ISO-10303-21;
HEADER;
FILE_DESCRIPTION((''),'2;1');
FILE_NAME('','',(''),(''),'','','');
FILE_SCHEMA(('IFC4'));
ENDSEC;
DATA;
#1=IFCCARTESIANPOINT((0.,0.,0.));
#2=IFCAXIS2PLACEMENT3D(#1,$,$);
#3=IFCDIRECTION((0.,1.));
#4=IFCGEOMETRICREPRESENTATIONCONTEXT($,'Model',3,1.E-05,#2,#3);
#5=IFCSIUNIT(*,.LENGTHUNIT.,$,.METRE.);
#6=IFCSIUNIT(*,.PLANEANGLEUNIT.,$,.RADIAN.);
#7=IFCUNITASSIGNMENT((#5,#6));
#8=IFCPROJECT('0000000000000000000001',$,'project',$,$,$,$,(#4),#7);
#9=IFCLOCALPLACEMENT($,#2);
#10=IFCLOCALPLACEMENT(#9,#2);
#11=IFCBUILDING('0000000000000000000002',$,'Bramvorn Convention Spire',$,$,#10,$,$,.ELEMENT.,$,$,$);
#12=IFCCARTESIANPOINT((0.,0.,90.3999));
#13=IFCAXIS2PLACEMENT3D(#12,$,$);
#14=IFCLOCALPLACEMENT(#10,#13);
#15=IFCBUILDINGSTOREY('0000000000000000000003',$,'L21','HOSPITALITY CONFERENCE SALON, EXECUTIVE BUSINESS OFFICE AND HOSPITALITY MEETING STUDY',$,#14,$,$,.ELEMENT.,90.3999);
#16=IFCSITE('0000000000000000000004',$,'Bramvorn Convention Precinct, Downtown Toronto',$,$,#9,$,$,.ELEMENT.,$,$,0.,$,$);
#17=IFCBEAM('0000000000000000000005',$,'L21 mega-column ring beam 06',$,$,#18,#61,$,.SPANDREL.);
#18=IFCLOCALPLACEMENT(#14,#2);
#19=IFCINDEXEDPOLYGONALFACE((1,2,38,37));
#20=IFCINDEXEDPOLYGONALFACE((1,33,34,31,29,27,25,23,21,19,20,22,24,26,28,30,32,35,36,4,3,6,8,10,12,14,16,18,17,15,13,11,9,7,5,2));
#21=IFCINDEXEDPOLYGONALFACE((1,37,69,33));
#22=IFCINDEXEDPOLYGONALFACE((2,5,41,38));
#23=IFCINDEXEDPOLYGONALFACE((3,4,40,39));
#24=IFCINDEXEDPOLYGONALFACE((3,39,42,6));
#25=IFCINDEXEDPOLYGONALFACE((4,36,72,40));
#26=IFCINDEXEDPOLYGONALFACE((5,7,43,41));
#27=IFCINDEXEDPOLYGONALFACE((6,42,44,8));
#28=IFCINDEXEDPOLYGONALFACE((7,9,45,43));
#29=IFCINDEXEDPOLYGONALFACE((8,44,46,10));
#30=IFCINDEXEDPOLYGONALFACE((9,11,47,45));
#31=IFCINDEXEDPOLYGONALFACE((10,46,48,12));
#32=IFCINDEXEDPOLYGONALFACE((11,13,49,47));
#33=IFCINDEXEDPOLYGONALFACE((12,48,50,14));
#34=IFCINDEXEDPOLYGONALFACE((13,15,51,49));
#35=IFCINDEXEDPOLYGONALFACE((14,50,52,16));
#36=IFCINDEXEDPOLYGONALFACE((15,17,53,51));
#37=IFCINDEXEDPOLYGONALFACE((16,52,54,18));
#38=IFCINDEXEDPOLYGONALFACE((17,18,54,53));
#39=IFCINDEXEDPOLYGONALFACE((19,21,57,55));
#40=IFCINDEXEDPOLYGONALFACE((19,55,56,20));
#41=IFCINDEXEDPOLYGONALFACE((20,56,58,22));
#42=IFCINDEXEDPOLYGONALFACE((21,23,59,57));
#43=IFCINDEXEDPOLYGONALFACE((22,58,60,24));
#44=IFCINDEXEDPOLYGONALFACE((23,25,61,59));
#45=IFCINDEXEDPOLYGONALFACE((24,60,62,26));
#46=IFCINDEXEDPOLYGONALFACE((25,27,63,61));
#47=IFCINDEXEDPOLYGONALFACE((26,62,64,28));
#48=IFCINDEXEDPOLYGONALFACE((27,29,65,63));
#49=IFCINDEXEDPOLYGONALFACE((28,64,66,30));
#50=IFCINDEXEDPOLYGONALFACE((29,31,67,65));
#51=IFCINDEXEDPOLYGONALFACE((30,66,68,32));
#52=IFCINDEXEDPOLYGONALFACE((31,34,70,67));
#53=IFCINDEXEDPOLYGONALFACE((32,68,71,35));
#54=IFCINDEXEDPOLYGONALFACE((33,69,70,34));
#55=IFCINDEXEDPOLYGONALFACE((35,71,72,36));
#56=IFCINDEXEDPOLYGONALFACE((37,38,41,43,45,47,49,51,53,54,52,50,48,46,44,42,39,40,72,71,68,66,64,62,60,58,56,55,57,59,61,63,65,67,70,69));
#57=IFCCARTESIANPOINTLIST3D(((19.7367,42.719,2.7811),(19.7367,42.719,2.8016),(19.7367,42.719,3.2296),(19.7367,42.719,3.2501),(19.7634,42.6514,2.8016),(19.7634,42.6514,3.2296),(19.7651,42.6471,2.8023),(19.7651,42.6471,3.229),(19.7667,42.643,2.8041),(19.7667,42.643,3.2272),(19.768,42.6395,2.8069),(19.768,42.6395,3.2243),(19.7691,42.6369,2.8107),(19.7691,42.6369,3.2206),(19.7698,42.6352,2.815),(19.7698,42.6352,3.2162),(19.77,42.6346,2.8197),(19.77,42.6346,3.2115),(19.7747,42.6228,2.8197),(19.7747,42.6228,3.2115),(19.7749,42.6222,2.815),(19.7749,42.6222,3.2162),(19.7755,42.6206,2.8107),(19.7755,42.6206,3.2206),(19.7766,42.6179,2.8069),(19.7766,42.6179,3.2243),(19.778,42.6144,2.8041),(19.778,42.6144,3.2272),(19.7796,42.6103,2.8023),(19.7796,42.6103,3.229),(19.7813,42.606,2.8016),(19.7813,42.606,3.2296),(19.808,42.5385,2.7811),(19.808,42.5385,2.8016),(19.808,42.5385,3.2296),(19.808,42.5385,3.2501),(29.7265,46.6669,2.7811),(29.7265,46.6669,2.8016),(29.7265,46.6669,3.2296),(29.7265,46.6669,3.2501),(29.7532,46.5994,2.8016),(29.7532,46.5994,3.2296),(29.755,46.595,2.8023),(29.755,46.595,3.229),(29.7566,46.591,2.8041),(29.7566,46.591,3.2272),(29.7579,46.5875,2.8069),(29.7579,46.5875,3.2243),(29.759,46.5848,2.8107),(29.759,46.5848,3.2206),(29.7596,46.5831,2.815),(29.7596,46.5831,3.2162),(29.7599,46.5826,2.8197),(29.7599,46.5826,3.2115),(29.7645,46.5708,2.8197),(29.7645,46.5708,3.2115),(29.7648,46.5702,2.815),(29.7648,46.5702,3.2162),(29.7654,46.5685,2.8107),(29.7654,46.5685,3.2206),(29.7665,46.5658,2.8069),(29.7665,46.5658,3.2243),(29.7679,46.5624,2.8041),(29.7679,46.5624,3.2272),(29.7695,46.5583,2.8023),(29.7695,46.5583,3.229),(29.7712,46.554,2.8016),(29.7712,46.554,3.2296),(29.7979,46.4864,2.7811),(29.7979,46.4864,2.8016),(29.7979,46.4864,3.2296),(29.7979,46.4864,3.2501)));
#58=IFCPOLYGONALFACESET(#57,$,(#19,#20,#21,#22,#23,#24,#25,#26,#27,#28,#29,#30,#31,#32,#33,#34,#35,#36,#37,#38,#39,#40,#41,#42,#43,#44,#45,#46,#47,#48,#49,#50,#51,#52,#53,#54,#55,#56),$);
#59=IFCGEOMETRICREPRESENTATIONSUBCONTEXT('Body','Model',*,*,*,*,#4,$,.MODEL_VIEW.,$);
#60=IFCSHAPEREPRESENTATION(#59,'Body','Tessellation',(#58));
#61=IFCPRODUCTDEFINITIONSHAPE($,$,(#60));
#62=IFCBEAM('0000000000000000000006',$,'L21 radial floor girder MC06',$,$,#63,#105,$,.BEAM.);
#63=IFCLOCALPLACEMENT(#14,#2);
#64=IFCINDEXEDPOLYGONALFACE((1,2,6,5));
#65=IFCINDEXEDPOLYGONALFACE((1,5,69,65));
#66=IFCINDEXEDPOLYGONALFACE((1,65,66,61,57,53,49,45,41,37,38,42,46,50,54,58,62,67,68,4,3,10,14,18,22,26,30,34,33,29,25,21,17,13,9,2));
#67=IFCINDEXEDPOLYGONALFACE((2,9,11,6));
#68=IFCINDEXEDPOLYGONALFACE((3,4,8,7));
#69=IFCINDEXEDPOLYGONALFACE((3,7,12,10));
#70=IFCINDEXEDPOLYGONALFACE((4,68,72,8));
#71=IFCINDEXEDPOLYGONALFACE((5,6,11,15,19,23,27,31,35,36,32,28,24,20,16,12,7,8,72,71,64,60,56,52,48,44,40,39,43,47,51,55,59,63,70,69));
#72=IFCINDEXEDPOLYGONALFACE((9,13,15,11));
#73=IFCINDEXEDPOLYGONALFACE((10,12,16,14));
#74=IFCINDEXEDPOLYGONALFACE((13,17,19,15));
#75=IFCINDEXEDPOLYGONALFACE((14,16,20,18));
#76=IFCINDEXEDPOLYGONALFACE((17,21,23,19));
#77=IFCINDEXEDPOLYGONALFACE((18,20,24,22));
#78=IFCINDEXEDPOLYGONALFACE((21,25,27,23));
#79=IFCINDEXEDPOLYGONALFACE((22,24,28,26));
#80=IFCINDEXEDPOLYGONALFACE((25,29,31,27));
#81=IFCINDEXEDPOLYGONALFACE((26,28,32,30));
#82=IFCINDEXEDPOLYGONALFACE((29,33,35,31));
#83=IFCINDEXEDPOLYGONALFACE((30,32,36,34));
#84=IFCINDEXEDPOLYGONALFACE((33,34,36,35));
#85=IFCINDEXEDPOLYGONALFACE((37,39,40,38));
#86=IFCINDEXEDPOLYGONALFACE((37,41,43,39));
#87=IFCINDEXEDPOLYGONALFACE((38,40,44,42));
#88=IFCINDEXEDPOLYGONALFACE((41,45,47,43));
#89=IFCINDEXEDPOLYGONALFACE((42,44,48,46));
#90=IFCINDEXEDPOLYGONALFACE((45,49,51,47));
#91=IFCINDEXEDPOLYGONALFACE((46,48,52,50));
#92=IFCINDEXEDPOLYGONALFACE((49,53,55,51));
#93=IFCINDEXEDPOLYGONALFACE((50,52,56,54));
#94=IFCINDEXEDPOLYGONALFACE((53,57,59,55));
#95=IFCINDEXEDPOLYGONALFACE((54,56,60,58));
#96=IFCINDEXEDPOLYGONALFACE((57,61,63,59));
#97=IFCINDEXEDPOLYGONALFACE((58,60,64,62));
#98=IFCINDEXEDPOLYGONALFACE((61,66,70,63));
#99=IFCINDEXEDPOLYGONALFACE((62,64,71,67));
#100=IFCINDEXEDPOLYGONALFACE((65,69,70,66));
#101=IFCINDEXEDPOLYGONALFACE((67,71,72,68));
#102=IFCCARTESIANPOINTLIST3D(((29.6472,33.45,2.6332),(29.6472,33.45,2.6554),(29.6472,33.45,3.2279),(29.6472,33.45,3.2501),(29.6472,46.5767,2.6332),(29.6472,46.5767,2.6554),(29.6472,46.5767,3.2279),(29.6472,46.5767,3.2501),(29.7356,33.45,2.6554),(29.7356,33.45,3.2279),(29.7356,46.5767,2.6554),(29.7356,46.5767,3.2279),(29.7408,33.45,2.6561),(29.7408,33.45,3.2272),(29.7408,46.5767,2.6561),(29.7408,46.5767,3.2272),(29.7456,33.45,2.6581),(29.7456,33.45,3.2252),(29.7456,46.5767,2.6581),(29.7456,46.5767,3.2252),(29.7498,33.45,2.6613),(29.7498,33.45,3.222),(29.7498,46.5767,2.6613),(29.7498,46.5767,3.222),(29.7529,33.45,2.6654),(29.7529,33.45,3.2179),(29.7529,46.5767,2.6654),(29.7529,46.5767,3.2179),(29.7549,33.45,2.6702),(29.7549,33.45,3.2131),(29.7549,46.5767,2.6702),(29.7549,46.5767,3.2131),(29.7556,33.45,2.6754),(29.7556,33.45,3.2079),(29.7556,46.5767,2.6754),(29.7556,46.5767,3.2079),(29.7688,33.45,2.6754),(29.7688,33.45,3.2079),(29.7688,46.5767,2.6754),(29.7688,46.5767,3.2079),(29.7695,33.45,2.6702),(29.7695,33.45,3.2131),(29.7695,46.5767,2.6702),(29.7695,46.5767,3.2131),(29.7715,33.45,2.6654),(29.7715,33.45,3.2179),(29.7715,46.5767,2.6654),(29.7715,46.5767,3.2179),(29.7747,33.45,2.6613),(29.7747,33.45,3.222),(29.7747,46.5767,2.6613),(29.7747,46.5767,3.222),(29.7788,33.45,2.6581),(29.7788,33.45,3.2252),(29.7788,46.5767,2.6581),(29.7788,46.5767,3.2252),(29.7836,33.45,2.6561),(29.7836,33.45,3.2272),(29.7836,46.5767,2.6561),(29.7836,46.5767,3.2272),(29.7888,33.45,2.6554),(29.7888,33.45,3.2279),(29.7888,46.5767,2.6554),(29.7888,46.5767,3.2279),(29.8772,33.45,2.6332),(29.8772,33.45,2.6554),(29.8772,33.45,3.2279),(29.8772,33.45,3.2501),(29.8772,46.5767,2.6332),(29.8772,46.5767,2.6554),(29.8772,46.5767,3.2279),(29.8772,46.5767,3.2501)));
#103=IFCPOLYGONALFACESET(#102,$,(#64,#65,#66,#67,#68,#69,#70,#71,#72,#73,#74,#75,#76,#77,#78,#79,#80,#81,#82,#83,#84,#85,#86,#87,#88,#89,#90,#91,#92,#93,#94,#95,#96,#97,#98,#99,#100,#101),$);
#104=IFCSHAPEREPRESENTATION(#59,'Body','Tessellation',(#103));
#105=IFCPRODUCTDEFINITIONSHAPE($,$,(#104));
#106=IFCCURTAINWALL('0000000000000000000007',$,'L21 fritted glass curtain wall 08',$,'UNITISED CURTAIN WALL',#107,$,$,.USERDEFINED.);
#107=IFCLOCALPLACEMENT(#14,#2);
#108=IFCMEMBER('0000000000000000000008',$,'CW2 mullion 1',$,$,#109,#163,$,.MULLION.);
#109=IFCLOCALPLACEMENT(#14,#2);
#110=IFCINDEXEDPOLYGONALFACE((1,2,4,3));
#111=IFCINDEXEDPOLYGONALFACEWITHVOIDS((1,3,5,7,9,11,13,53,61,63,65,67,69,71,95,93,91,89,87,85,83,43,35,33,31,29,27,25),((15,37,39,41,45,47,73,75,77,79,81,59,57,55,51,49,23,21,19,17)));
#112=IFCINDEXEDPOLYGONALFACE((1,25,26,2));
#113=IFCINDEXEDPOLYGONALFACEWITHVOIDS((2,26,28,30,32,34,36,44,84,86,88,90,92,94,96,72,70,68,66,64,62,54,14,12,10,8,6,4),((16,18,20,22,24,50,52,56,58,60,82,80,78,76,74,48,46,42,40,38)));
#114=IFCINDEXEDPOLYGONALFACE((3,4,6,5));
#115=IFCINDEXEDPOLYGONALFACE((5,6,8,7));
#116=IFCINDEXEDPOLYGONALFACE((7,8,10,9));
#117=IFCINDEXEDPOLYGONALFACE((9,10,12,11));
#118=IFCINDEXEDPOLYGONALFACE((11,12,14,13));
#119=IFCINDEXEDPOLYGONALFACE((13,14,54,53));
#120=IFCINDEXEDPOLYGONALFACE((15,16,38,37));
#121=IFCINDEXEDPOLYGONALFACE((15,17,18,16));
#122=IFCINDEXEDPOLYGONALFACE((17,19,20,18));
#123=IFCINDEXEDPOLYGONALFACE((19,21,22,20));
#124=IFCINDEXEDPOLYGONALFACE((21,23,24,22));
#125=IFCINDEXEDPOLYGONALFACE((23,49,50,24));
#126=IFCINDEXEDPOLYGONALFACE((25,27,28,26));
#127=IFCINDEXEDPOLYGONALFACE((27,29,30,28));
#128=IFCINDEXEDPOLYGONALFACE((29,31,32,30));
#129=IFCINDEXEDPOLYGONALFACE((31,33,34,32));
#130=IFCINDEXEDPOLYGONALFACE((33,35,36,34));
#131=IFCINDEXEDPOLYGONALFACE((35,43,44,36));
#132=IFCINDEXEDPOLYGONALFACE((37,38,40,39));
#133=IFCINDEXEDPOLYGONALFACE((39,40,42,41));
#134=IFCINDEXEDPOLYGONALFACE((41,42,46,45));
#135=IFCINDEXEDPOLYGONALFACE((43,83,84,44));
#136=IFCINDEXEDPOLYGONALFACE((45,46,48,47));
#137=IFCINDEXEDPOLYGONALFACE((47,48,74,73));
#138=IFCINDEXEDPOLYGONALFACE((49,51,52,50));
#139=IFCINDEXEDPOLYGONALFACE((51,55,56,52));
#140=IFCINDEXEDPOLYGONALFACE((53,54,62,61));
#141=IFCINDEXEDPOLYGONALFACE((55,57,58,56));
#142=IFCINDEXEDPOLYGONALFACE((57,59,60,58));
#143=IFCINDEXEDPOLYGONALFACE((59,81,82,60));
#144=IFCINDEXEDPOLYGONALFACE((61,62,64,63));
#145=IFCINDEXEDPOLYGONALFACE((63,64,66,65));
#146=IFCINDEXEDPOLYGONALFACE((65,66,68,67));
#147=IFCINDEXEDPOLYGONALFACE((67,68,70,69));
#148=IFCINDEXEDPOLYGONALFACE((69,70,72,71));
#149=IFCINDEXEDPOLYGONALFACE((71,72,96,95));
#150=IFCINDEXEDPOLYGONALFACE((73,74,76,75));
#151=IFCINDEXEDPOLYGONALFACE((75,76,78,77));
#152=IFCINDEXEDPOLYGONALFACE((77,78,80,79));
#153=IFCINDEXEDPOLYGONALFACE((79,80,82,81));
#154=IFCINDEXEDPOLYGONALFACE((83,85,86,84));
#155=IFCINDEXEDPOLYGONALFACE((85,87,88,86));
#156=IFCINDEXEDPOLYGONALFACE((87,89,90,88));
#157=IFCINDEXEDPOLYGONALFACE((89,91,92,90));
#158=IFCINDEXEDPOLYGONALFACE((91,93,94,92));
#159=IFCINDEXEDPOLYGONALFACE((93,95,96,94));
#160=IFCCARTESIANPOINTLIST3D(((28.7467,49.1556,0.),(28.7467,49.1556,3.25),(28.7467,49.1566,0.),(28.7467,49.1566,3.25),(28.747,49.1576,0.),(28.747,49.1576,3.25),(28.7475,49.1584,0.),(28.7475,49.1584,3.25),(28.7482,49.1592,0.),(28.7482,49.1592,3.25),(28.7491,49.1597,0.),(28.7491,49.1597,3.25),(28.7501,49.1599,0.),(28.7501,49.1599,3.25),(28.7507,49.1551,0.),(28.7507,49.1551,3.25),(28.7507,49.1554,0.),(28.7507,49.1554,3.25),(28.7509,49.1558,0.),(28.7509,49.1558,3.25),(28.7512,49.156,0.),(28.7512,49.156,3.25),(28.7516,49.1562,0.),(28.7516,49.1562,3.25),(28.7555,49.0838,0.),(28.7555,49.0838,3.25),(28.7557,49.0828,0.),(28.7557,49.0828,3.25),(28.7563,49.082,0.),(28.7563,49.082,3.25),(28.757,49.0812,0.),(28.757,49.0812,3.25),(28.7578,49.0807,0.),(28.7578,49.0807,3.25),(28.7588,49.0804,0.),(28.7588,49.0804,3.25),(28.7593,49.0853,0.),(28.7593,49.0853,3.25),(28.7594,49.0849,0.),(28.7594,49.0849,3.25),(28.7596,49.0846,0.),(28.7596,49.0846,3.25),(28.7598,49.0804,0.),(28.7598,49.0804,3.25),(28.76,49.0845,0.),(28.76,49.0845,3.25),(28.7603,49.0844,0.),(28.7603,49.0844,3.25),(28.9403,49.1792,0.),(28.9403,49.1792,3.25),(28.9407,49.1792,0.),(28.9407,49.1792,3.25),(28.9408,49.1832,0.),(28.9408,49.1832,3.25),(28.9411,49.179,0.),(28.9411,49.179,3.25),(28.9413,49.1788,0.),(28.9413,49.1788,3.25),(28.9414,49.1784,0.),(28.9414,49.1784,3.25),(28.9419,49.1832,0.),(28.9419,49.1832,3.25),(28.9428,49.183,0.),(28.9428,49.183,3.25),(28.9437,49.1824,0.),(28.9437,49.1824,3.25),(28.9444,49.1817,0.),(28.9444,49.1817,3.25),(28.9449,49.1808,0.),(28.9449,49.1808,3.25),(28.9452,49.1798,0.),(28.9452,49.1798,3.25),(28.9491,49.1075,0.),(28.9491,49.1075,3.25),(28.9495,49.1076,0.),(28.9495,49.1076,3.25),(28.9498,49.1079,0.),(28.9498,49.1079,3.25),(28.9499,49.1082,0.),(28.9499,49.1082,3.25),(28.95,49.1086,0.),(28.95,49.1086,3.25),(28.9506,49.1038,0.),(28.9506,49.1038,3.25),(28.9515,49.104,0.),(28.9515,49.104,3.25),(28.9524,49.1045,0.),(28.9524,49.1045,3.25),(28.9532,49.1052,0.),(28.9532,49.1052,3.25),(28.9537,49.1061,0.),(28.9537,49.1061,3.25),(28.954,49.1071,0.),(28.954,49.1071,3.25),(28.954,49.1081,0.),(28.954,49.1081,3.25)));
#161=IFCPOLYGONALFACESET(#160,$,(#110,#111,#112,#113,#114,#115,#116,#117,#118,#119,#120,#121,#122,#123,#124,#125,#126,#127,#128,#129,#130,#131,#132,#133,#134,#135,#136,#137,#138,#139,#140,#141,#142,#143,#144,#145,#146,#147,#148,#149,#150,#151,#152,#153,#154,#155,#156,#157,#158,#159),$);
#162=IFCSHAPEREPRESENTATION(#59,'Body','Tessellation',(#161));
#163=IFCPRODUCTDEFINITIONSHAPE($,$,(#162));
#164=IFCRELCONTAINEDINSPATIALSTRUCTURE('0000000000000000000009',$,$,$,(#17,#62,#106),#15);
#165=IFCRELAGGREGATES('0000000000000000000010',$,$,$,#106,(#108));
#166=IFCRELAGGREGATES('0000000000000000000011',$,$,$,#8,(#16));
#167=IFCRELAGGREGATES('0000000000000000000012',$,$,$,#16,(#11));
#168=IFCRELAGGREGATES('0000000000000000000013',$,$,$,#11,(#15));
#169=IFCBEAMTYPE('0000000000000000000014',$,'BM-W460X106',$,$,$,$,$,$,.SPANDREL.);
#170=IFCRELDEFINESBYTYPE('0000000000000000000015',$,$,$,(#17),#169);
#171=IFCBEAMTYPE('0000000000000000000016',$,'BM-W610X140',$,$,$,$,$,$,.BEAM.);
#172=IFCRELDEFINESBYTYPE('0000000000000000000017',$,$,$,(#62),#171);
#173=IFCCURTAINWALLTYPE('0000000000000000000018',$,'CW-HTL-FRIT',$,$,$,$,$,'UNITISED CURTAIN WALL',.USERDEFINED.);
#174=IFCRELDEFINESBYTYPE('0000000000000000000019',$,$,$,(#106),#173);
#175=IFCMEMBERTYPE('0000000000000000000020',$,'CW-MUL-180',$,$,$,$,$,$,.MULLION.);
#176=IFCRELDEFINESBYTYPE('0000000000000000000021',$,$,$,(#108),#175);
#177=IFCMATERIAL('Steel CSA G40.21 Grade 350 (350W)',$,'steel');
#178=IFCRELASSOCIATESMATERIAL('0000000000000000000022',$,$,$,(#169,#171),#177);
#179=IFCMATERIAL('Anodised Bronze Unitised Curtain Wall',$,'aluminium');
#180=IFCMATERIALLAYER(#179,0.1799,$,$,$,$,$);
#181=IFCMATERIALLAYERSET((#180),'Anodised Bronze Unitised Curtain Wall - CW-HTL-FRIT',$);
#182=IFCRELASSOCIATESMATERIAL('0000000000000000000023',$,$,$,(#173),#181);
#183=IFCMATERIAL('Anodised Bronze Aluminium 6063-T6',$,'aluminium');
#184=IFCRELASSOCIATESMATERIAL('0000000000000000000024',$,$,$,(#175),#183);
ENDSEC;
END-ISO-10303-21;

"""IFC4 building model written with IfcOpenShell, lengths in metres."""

from ifc_helpers import new_model, si_unit, direction, frame, origin, origin_2d, place, context, subcontext, project, spatial, hollow_rectangle, i_section, extrude, material, layer, layer_set, material_profile, profile_set, type_object, element, aggregate, save


model = new_model("IFC4")

# Units and contexts
model_context = context("Model", 3, precision=1e-05, world=origin(), true_north=direction((0.0, 1.0)))
body_context = subcontext(model_context, "Body", "Model", "MODEL_VIEW")
ifc_project = project(units=[si_unit("LENGTHUNIT", "METRE"), si_unit("PLANEANGLEUNIT", "RADIAN")], contexts=[model_context])

# Site, building, storey
site_placement = place(None, origin())
site = spatial("IfcSite", under=ifc_project, at=site_placement, Name="Bramvorn Convention Precinct, Downtown Toronto", CompositionType="ELEMENT", RefElevation=0.0)
building_placement = place(site_placement, origin())
building = spatial("IfcBuilding", under=site, at=building_placement, Name="Bramvorn Convention Spire", CompositionType="ELEMENT")
storey_placement = place(building_placement, frame((0.0, 0.0, 90.3999)))
storey = spatial("IfcBuildingStorey", under=building, at=storey_placement, Name="L21", Description="HOSPITALITY CONFERENCE SALON, EXECUTIVE BUSINESS OFFICE AND HOSPITALITY MEETING STUDY", CompositionType="ELEMENT", Elevation=90.3999)

# Shared definitions
ifc_material_1 = material(Name="Steel CSA G40.21 Grade 350 (350W)", Category="steel")

# Beams
ifc_material_profile_1 = material_profile(ifc_material_1, i_section(OverallWidth=0.1941, OverallDepth=0.469, WebThickness=0.0127, FlangeThickness=0.0205, FilletRadius=0.0181, at=origin_2d()))
ifc_profile_set_1 = profile_set([ifc_material_profile_1], Name="Steel CSA G40.21 Grade 350 (350W) - W460X106")
beam_type_1 = type_object("IfcBeamType", Name="BM-W460X106", PredefinedType="SPANDREL", material=ifc_profile_set_1)
beam_1_placement = place(storey_placement, frame((29.7622, 46.5767, 3.0156), z_axis=(-0.93001, -0.367535, 0.0), x_axis=(0.367535, -0.93001, 0.0)))
element("IfcBeam", 1, at=beam_1_placement, inside=storey, type_object=beam_type_1, Name="L21 mega-column ring beam 06", PredefinedType="SPANDREL", context=body_context, shape_type="SweptSolid", body=[
    extrude(i_section(OverallWidth=0.1941, OverallDepth=0.469, WebThickness=0.0127, FlangeThickness=0.0205, FilletRadius=0.0181, at=origin_2d()), origin(), (0.0, 0.0, 1.0), 10.7417),
])
ifc_material_profile_2 = material_profile(ifc_material_1, i_section(OverallWidth=0.23, OverallDepth=0.6169, WebThickness=0.0132, FlangeThickness=0.0222, FilletRadius=0.02, at=origin_2d()))
ifc_profile_set_2 = profile_set([ifc_material_profile_2], Name="Steel CSA G40.21 Grade 350 (350W) - W610X140")
beam_type_2 = type_object("IfcBeamType", Name="BM-W610X140", PredefinedType="BEAM", material=ifc_profile_set_2)
beam_2_placement = place(storey_placement, frame((29.7622, 33.45, 2.9417), z_axis=(0.0, 1.0, 0.0), x_axis=(-1.0, 0.0, 0.0)))
element("IfcBeam", 2, at=beam_2_placement, inside=storey, type_object=beam_type_2, Name="L21 radial floor girder MC06", PredefinedType="BEAM", context=body_context, shape_type="SweptSolid", body=[
    extrude(i_section(OverallWidth=0.23, OverallDepth=0.6169, WebThickness=0.0132, FlangeThickness=0.0222, FilletRadius=0.02, at=origin_2d()), origin(), (0.0, 0.0, 1.0), 13.1267),
])

# Curtain wall, member
ifc_material_2 = material(Name="Anodised Bronze Unitised Curtain Wall", Category="aluminium")
ifc_layer_1 = layer(ifc_material_2, 0.1799)
ifc_layer_set_1 = layer_set([ifc_layer_1], Name="Anodised Bronze Unitised Curtain Wall - CW-HTL-FRIT")
curtain_wall_type = type_object("IfcCurtainWallType", Name="CW-HTL-FRIT", ElementType="UNITISED CURTAIN WALL", PredefinedType="USERDEFINED", material=ifc_layer_set_1)
curtain_wall_1_placement = place(storey_placement, origin())
curtain_wall_1 = element("IfcCurtainWall", 3, at=curtain_wall_1_placement, inside=storey, type_object=curtain_wall_type, Name="L21 fritted glass curtain wall 08", ObjectType="UNITISED CURTAIN WALL", PredefinedType="USERDEFINED")
ifc_material_3 = material(Name="Anodised Bronze Aluminium 6063-T6", Category="aluminium")
ifc_material_profile_3 = material_profile(ifc_material_3, hollow_rectangle(XDim=0.0801, YDim=0.2, WallThickness=0.0039, InnerFilletRadius=0.001, OuterFilletRadius=0.0039, at=origin_2d()))
ifc_profile_set_3 = profile_set([ifc_material_profile_3], Name="Anodised Bronze Aluminium 6063-T6 - CWM80X200")
member_type_1 = type_object("IfcMemberType", Name="CW-MUL-180", PredefinedType="MULLION", material=ifc_profile_set_3)
member_1_placement = place(storey_placement, frame((28.8503, 49.1318, 0.0), z_axis=(0.0, 0.0, 1.0), x_axis=(-0.121445, 0.992598, 0.0)))
member_1 = element("IfcMember", 4, at=member_1_placement, type_object=member_type_1, Name="CW2 mullion 1", PredefinedType="MULLION", context=body_context, shape_type="SweptSolid", body=[
    extrude(hollow_rectangle(XDim=0.0801, YDim=0.2, WallThickness=0.0039, InnerFilletRadius=0.001, OuterFilletRadius=0.0039, at=origin_2d()), origin(), (0.0, 0.0, 1.0), 3.25),
])

aggregate(curtain_wall_1, [member_1])

save(model, "model.ifc")
